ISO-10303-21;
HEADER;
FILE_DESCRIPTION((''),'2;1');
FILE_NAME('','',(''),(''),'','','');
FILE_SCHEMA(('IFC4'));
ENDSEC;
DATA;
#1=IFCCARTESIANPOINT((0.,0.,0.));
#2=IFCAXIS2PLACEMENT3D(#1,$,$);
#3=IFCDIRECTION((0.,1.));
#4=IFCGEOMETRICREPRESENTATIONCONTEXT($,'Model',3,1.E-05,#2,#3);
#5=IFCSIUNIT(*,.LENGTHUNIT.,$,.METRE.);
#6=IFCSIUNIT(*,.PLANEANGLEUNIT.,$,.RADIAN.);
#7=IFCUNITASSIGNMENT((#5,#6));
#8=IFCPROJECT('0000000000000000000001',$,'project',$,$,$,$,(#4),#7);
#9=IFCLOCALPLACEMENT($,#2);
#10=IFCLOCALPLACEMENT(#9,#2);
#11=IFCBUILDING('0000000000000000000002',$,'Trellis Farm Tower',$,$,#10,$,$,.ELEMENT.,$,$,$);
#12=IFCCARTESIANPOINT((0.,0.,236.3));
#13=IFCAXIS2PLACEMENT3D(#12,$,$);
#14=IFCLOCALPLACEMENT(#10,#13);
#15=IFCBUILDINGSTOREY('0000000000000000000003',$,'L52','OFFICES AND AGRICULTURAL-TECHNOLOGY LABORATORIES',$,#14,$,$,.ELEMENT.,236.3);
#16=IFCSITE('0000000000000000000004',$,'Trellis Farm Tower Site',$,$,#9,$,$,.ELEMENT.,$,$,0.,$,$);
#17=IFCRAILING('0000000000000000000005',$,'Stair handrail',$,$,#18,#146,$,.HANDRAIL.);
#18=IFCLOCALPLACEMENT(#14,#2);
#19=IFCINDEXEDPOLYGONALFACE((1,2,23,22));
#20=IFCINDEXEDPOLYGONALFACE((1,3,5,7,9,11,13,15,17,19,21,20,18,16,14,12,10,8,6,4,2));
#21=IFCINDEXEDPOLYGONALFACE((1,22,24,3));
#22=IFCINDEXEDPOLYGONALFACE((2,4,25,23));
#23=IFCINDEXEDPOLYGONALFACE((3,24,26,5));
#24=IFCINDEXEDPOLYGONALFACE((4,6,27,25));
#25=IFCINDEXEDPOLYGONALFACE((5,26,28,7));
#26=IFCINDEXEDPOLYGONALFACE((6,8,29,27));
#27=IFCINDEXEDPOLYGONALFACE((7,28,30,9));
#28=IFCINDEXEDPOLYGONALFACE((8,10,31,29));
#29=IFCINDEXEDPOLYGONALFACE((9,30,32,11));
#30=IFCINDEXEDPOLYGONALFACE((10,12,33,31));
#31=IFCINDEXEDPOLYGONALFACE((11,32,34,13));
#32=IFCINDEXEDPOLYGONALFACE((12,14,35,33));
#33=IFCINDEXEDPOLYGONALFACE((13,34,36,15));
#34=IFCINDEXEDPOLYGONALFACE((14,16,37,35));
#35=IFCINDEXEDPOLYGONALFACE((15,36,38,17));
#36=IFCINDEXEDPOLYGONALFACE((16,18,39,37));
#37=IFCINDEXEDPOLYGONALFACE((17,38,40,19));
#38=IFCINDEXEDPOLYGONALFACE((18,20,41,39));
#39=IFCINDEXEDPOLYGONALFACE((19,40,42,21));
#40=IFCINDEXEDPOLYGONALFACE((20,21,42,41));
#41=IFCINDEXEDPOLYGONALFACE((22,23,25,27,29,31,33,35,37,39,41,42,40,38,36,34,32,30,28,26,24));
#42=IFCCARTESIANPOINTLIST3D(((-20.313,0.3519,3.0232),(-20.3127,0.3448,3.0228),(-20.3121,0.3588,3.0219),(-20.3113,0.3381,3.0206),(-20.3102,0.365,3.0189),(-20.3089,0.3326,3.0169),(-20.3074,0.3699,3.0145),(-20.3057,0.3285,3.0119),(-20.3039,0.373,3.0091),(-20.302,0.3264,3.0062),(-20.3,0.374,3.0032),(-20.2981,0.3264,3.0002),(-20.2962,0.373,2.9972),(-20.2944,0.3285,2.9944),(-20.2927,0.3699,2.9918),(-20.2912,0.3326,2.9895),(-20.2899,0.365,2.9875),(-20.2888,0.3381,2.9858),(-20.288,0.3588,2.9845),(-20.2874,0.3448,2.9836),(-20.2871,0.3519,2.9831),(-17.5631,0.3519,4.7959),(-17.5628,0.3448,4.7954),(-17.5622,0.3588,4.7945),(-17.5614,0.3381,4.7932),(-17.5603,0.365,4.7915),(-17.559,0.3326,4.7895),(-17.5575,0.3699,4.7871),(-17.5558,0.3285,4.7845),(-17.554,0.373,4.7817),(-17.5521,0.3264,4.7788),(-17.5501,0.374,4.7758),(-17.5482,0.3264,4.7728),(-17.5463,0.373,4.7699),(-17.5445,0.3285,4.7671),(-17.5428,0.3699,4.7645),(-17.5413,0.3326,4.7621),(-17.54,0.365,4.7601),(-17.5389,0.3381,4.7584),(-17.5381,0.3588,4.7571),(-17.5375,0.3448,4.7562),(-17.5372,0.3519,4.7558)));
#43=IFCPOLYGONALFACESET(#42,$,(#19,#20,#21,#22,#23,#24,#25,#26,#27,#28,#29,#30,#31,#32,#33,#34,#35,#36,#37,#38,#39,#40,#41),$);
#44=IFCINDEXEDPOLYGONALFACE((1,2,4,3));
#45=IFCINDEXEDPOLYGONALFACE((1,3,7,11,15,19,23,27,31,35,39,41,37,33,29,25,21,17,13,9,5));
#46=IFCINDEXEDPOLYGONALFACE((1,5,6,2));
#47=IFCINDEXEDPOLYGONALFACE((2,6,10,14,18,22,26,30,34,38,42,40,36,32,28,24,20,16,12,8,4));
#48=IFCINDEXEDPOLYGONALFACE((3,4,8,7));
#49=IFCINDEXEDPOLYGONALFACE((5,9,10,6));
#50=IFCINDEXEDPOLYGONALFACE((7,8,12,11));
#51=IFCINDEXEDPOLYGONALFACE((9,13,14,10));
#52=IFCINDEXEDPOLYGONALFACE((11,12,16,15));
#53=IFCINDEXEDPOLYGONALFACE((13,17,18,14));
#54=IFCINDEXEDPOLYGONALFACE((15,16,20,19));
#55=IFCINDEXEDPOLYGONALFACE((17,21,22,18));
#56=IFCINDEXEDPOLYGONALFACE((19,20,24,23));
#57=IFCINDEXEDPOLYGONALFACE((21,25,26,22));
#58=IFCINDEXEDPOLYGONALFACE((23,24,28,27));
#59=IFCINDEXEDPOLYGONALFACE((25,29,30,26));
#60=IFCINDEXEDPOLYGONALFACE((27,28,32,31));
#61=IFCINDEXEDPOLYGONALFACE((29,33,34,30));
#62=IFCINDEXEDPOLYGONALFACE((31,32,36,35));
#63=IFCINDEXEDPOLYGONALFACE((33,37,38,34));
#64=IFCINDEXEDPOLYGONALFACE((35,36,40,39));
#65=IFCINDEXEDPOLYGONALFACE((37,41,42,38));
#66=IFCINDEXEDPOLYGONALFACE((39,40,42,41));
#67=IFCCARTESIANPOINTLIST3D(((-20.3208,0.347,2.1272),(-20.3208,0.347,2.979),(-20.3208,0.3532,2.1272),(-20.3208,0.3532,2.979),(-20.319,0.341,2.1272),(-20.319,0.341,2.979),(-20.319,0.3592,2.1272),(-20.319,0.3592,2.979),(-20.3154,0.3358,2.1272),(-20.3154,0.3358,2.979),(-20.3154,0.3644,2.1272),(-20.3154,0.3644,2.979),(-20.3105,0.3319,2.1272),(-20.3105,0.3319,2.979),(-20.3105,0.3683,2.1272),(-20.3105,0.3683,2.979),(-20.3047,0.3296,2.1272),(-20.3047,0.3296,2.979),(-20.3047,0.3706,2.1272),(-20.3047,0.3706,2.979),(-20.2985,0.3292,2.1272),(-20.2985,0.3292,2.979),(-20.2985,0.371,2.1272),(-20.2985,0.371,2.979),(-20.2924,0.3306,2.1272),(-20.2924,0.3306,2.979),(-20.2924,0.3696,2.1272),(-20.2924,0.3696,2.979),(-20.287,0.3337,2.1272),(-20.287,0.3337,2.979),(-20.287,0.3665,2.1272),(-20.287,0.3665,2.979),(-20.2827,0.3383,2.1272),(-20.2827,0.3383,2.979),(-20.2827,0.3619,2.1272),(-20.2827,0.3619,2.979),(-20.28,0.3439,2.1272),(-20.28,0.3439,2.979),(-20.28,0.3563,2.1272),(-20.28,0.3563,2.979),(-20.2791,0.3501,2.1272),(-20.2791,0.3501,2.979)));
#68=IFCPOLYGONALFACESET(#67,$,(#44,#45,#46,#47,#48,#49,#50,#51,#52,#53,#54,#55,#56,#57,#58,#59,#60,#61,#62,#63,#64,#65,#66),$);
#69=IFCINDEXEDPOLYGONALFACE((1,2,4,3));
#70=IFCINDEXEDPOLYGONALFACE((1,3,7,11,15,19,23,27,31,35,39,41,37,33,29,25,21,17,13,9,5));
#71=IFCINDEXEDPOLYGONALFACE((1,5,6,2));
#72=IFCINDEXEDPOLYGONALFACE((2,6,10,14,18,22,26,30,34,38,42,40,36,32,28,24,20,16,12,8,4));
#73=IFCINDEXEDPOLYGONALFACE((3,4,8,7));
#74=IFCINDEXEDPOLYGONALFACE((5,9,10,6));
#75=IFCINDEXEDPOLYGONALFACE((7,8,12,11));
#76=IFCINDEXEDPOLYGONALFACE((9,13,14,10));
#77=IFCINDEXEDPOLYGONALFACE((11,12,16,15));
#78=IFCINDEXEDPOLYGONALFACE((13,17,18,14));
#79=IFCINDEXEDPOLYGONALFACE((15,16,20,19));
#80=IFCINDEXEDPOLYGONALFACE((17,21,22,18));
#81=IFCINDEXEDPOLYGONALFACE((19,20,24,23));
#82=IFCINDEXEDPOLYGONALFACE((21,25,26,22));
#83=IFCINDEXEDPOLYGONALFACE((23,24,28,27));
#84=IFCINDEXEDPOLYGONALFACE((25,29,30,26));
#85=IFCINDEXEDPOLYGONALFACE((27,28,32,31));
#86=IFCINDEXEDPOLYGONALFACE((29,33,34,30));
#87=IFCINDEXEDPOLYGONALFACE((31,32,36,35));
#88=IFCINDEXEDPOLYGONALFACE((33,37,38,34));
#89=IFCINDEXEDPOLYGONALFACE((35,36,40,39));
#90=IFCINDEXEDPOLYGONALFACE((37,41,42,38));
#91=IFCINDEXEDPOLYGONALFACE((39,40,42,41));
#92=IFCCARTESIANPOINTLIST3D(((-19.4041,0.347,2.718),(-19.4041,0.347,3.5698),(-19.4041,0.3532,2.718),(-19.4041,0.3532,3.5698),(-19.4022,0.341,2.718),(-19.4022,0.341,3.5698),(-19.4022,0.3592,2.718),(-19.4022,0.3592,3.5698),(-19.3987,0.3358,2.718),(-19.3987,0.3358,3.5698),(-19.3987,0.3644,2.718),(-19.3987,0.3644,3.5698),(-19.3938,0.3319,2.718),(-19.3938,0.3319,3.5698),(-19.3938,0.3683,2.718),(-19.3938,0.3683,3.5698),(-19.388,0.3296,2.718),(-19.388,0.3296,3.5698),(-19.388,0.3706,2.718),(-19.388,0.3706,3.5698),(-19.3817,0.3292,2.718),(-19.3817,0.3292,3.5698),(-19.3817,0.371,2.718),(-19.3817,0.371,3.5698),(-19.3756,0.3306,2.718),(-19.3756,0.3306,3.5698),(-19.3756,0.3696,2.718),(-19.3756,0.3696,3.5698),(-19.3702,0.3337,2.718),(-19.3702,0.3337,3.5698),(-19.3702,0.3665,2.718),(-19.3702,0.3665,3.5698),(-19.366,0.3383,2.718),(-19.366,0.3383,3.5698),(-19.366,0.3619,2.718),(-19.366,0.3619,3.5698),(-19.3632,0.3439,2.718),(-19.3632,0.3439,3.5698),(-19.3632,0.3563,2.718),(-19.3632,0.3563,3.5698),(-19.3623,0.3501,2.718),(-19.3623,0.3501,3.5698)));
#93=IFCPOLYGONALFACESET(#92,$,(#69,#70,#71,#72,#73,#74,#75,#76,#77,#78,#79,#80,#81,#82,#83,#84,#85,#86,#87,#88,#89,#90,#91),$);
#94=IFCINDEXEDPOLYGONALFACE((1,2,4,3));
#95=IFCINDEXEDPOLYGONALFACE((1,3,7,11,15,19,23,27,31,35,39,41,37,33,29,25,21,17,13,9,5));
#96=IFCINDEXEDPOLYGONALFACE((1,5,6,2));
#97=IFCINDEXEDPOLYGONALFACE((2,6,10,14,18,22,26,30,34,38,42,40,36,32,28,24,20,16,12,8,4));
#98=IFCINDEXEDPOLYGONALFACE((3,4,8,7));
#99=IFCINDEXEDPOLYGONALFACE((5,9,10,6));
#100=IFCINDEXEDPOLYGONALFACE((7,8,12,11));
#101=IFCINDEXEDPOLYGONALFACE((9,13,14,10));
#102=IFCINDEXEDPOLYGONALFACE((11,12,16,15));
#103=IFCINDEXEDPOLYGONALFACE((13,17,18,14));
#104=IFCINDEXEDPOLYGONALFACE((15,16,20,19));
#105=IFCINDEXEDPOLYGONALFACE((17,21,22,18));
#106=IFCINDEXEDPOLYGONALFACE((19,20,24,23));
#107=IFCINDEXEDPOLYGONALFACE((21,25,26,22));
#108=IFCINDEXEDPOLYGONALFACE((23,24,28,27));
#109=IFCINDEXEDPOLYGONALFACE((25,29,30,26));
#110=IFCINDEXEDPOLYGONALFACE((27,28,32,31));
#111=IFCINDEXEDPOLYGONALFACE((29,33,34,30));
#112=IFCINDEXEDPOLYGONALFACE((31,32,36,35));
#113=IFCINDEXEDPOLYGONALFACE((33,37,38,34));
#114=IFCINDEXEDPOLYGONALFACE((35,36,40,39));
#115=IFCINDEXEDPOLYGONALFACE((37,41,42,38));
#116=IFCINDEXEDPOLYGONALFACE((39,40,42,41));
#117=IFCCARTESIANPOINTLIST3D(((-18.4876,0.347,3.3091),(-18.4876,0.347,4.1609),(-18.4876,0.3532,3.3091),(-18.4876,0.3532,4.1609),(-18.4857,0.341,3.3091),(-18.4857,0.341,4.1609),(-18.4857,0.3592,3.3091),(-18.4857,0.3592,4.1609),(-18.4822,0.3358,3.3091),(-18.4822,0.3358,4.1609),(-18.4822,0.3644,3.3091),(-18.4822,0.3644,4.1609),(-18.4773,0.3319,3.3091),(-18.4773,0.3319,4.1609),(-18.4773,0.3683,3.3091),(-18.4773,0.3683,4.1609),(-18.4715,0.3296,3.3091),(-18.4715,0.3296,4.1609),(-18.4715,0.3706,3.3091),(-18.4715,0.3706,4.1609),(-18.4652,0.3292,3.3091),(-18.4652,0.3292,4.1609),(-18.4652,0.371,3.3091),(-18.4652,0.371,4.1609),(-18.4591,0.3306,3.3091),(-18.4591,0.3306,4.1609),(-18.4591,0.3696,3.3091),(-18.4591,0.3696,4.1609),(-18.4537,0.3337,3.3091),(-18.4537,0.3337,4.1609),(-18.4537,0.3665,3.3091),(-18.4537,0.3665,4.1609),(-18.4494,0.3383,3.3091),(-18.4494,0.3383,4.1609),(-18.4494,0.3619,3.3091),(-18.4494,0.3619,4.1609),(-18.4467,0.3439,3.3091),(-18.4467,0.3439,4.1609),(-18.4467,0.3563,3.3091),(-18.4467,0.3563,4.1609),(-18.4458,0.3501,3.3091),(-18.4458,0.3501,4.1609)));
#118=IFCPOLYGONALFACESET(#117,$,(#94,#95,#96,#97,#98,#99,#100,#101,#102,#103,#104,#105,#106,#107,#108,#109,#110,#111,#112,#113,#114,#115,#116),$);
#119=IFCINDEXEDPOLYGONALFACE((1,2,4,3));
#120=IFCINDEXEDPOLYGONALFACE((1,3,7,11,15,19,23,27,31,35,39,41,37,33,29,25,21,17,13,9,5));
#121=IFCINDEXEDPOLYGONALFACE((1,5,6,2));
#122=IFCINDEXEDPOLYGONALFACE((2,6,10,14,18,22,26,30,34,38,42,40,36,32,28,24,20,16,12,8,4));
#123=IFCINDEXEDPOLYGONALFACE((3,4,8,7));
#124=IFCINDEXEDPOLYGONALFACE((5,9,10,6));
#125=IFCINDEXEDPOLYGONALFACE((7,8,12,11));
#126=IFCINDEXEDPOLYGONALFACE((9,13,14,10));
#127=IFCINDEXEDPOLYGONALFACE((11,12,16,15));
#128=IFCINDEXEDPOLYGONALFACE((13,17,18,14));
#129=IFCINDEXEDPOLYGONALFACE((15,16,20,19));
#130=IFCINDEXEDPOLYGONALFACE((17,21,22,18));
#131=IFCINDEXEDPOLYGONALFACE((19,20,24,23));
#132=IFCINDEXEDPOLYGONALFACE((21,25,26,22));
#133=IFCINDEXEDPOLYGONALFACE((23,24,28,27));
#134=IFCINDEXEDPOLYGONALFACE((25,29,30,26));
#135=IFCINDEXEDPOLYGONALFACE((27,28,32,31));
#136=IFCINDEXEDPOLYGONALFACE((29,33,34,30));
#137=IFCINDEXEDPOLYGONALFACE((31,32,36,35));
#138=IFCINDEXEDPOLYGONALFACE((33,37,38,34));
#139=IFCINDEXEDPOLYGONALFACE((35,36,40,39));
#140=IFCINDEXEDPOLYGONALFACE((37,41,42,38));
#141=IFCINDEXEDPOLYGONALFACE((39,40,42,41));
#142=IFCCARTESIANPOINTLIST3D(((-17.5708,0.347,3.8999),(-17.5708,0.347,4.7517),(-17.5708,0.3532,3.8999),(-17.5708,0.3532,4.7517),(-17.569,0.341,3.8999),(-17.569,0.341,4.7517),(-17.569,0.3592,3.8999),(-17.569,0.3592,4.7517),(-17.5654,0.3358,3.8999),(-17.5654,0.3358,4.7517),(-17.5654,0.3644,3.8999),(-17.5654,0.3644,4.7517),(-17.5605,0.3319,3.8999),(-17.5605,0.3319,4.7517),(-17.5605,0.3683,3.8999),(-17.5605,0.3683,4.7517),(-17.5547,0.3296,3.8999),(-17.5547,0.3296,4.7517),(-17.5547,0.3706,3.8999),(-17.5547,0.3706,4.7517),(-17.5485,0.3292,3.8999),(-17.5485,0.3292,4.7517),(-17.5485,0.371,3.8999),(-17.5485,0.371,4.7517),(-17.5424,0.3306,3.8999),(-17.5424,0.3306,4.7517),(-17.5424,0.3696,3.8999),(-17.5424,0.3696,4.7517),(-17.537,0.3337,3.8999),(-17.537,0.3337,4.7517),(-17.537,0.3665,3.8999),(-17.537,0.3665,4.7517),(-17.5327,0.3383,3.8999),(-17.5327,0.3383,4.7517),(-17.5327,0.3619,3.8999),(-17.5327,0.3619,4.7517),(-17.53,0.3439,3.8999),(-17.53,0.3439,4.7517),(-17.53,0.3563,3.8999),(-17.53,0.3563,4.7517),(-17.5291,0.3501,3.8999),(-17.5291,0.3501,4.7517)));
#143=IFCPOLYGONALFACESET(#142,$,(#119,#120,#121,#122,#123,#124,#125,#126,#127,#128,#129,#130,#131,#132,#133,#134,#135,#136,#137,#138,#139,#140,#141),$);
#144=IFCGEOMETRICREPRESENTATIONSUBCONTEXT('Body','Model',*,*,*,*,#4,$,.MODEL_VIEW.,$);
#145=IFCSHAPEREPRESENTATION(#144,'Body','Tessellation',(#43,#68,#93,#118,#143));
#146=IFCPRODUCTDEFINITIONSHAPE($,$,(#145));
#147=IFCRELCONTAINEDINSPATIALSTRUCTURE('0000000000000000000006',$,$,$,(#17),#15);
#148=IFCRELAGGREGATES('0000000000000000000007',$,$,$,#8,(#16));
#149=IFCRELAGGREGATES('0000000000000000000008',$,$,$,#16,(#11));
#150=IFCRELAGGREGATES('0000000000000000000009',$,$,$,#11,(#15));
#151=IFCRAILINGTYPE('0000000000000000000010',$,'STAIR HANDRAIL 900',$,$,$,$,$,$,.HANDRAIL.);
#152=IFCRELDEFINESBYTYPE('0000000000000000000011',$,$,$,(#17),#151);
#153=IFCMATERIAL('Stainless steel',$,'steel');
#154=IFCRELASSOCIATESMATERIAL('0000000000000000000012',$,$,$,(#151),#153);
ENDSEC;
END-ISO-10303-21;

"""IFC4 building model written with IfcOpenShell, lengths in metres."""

from ifc_helpers import new_model, si_unit, direction, frame, origin, origin_2d, place, context, subcontext, project, spatial, circle, extrude, source, transform, mapped, material, type_object, element, save


model = new_model("IFC4")

# Units and contexts
model_context = context("Model", 3, precision=1e-05, world=origin(), true_north=direction((0.0, 1.0)))
body_context = subcontext(model_context, "Body", "Model", "MODEL_VIEW")
ifc_project = project(units=[si_unit("LENGTHUNIT", "METRE"), si_unit("PLANEANGLEUNIT", "RADIAN")], contexts=[model_context])

# Site, building, storey
site_placement = place(None, origin())
site = spatial("IfcSite", under=ifc_project, at=site_placement, Name="Trellis Farm Tower Site", CompositionType="ELEMENT", RefElevation=0.0)
building_placement = place(site_placement, origin())
building = spatial("IfcBuilding", under=site, at=building_placement, Name="Trellis Farm Tower", CompositionType="ELEMENT")
storey_placement = place(building_placement, frame((0.0, 0.0, 236.3)))
storey = spatial("IfcBuildingStorey", under=building, at=storey_placement, Name="L52", Description="OFFICES AND AGRICULTURAL-TECHNOLOGY LABORATORIES", CompositionType="ELEMENT", Elevation=236.3)

# Railing
ifc_material_1 = material(Name="Stainless steel", Category="steel")
railing_type = type_object("IfcRailingType", Name="STAIR HANDRAIL 900", PredefinedType="HANDRAIL", material=ifc_material_1)
shared_shape_1 = source(origin(), body_context, "Body", "SweptSolid", [
    extrude(circle(Radius=0.0239, at=origin_2d()), frame((0.0, 0.0, 0.876), z_axis=(0.840504, 0.0, 0.541806), x_axis=(0.0, 1.0, 0.0)), (0.0, 0.0, 1.0), 3.2717),
    extrude(circle(Radius=0.021, at=origin_2d()), origin(), (0.0, 0.0, 1.0), 0.8518),
    extrude(circle(Radius=0.021, at=origin_2d()), frame((0.9167, 0.0, 0.5908)), (0.0, 0.0, 1.0), 0.8518),
    extrude(circle(Radius=0.021, at=origin_2d()), frame((1.8333, 0.0, 1.1819)), (0.0, 0.0, 1.0), 0.8518),
    extrude(circle(Radius=0.021, at=origin_2d()), frame((2.75, 0.0, 1.7727)), (0.0, 0.0, 1.0), 0.8518),
])
for number, where, name in (
    (1, (-20.3, 0.3501, 2.1272), "Stair handrail"),
):
    element("IfcRailing", number, at=place(storey_placement, frame(where)), inside=storey, type_object=railing_type, Name=name, PredefinedType="HANDRAIL", context=body_context, shape_type="MappedRepresentation", body=[
        mapped(shared_shape_1, transform((0.0, 0.0, 0.0))),
    ])

save(model, "model.ifc")
